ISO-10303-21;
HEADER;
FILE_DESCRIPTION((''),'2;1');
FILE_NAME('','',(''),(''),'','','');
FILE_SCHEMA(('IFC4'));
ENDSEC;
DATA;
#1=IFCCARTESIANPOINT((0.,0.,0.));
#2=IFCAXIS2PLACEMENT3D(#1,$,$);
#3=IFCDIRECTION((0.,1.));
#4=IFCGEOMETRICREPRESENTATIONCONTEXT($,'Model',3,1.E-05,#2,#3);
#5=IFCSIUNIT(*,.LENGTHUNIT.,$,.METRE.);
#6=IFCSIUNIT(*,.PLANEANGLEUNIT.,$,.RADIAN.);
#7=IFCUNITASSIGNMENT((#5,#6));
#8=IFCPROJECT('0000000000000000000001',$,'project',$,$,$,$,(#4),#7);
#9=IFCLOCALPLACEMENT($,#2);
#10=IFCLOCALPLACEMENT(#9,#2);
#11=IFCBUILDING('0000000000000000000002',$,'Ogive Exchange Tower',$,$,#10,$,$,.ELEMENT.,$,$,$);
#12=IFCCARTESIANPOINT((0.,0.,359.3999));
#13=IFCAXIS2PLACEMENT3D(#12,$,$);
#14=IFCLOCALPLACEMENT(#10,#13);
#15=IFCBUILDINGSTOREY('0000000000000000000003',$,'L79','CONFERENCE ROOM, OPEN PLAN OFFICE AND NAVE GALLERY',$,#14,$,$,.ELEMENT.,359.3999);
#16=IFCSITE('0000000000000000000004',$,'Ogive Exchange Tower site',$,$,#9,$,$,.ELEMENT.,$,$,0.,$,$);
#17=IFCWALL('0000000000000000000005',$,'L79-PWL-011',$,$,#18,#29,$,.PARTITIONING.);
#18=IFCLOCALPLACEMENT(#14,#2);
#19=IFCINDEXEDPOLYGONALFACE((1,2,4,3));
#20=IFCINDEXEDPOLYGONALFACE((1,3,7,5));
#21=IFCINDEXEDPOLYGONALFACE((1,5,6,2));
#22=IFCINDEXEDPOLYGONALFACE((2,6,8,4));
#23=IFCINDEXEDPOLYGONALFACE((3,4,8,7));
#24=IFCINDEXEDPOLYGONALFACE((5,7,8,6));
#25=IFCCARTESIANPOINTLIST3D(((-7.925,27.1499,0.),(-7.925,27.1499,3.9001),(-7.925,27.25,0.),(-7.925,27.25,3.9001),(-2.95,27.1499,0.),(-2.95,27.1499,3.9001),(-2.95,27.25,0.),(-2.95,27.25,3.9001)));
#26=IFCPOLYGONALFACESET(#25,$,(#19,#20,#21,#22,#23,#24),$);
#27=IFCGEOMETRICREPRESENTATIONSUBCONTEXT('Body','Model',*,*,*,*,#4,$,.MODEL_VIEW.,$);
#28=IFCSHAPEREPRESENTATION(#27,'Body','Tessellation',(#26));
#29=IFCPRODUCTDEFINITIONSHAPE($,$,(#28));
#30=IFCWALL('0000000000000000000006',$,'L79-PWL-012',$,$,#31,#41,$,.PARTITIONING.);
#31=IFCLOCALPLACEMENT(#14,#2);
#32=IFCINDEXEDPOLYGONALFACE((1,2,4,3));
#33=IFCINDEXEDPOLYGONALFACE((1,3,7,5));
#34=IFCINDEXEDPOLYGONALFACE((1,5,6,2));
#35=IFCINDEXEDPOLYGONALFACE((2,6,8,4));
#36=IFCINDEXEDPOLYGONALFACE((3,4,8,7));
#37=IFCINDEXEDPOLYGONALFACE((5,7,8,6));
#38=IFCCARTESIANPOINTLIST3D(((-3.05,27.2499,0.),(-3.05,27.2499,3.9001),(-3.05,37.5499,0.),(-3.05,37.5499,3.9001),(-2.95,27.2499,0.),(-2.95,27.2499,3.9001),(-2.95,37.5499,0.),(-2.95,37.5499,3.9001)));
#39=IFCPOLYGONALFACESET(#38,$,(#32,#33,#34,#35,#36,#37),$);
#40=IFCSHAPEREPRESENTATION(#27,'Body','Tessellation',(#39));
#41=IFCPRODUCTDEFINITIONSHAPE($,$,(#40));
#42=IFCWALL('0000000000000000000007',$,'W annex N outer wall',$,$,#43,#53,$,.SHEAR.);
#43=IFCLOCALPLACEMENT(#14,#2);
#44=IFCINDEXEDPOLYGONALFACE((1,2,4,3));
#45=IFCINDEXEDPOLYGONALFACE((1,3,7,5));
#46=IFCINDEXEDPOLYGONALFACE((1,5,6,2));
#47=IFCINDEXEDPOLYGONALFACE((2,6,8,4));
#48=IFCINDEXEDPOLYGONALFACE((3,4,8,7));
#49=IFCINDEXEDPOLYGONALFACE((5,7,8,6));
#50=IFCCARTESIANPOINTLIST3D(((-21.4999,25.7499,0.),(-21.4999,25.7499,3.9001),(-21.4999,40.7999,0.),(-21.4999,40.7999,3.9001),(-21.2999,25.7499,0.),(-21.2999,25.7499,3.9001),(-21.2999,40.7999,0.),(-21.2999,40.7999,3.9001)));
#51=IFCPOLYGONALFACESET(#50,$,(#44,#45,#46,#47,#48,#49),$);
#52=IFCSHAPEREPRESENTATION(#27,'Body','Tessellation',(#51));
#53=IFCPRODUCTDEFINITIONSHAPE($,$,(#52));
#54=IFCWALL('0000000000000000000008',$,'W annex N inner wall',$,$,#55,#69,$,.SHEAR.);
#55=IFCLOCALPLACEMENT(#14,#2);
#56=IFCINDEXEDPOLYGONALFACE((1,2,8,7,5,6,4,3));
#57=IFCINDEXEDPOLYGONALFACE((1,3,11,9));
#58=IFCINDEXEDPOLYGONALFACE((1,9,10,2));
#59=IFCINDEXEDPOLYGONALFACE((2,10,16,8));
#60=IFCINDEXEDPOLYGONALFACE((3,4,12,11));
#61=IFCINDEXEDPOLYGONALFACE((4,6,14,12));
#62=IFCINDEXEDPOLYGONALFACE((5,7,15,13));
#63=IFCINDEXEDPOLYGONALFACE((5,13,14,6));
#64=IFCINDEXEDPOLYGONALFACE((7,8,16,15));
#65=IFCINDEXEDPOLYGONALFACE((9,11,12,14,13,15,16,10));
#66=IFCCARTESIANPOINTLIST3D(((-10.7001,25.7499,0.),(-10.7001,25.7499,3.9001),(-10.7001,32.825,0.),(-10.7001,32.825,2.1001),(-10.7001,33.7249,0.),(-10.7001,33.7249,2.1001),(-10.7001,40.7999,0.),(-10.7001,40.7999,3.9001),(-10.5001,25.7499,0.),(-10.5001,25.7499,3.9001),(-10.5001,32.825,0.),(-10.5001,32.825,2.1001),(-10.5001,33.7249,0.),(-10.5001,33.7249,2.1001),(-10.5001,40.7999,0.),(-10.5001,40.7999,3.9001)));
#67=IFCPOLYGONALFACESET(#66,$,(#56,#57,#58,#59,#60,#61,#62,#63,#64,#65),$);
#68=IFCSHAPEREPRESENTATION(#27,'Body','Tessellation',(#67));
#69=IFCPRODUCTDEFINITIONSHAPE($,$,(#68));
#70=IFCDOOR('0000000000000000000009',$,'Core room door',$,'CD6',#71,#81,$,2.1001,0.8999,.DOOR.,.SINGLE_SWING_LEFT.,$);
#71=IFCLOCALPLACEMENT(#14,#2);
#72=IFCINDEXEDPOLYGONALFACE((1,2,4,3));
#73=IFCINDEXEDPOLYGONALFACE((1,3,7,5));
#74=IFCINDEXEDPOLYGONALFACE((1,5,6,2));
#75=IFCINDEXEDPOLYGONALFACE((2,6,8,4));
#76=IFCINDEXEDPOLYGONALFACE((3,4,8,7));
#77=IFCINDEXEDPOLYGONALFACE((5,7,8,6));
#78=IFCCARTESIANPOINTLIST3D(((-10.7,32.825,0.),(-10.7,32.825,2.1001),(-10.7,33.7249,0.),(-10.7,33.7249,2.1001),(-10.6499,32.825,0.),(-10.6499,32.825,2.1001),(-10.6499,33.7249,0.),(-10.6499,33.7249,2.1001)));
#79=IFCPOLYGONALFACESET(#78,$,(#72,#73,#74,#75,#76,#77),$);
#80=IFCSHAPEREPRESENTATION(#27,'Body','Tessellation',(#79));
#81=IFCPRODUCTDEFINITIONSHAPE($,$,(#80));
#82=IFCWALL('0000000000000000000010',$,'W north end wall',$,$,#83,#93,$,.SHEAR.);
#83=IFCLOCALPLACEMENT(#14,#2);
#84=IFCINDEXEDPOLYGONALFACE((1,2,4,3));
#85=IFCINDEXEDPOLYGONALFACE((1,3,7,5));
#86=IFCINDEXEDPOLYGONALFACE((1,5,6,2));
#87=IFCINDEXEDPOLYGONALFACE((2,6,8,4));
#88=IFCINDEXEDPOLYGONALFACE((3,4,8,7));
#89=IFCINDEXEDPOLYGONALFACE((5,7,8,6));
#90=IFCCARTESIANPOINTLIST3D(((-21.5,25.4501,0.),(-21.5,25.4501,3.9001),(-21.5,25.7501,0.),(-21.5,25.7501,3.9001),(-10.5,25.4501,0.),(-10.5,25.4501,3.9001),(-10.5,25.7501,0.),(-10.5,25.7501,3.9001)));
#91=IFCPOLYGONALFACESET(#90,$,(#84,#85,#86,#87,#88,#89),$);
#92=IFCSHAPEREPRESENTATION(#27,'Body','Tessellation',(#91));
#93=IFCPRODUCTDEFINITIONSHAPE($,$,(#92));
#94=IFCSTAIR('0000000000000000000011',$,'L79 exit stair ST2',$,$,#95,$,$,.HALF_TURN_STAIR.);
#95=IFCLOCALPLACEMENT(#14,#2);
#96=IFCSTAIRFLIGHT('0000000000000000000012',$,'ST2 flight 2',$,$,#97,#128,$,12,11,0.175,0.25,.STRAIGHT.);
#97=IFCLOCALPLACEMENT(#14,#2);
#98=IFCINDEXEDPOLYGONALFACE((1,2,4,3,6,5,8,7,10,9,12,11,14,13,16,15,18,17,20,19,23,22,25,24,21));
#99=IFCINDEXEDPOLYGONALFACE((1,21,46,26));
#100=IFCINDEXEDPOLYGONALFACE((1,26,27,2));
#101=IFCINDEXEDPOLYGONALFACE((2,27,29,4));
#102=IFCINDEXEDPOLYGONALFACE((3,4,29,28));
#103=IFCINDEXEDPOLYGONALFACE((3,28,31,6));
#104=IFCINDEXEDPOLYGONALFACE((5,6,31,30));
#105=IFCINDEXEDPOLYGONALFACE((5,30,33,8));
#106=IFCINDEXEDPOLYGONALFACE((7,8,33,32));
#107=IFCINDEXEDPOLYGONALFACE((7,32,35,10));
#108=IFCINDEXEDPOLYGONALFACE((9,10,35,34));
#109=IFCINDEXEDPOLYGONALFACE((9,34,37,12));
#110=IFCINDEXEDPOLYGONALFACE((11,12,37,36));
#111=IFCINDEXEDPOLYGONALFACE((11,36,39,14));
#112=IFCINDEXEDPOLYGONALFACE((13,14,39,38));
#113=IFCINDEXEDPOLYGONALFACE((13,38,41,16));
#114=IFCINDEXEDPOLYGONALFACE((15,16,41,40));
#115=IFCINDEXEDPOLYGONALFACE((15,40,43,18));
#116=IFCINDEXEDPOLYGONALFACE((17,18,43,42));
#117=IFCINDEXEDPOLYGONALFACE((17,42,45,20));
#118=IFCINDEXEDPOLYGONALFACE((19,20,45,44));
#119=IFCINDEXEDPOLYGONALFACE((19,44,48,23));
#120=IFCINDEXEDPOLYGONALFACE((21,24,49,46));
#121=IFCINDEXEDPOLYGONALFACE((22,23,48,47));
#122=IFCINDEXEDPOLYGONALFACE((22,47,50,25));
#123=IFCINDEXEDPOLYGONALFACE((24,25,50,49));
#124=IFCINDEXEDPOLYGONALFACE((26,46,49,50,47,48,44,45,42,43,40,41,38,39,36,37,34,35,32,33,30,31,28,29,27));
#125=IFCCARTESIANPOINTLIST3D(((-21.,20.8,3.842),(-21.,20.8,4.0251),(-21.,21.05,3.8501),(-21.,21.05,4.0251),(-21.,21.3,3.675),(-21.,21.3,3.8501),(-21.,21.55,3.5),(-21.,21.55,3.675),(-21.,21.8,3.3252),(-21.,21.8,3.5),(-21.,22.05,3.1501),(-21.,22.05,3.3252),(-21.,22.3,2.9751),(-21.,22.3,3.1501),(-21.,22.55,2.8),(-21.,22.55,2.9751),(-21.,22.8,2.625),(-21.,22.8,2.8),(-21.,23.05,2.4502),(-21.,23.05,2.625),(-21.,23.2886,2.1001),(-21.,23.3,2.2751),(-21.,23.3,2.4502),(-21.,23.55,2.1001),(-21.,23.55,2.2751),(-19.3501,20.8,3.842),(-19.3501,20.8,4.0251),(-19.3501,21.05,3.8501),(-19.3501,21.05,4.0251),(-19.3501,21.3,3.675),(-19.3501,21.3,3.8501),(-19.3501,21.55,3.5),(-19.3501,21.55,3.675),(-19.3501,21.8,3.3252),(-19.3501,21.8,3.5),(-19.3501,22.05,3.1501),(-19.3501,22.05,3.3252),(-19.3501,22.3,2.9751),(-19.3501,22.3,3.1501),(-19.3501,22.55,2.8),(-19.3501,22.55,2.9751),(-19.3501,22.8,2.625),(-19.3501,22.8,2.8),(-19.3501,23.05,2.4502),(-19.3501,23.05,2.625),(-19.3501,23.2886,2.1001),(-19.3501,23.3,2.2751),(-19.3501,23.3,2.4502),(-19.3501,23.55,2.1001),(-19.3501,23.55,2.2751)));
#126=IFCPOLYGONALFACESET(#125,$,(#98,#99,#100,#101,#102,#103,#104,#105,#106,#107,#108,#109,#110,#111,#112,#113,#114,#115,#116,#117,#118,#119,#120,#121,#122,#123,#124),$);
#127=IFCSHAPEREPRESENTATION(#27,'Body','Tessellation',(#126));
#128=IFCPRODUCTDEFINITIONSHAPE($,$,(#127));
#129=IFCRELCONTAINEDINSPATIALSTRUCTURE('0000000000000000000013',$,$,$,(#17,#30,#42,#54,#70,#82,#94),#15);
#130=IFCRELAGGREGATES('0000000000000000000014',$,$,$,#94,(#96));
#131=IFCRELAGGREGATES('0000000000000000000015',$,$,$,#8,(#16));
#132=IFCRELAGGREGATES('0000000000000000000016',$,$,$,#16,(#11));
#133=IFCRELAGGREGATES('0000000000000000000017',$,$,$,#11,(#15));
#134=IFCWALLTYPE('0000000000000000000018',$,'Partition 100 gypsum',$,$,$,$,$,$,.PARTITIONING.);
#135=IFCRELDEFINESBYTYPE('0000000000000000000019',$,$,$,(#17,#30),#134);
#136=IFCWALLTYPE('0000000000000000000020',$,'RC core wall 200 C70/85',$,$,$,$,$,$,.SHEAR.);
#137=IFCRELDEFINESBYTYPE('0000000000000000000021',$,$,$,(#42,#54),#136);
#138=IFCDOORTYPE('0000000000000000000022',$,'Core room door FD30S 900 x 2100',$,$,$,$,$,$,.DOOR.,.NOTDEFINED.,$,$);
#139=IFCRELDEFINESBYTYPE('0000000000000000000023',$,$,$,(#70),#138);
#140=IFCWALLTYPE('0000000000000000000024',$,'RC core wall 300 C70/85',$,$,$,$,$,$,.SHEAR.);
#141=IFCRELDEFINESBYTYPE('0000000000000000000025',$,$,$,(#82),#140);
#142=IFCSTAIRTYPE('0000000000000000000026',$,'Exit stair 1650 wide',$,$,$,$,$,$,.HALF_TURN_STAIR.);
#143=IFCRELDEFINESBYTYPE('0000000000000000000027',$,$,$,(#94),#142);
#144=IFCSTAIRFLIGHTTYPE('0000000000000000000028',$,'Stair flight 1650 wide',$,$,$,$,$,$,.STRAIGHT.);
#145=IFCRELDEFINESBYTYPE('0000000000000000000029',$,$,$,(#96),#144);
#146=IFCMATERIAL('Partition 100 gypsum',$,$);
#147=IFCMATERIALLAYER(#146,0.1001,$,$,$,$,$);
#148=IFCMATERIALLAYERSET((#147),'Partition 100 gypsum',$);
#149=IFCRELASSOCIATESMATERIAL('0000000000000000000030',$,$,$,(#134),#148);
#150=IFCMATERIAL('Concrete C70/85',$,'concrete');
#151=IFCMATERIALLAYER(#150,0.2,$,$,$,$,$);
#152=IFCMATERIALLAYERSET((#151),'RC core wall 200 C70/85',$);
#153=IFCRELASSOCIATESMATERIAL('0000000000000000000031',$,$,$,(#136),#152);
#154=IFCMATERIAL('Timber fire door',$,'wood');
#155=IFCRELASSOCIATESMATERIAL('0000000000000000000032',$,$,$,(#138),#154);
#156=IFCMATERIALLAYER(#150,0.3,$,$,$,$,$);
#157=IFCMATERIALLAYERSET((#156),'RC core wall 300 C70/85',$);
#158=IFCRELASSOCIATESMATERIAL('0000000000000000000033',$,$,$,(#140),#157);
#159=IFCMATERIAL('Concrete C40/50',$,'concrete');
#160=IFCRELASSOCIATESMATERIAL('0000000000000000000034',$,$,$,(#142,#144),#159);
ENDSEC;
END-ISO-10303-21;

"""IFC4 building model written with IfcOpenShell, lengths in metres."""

from ifc_helpers import new_model, si_unit, direction, frame, frame_2d, origin, place, context, subcontext, project, spatial, polyline, rectangle, outline, extrude, material, layer, layer_set, type_object, element, fill, aggregate, save


model = new_model("IFC4")

# Units and contexts
model_context = context("Model", 3, precision=1e-05, world=origin(), true_north=direction((0.0, 1.0)))
body_context = subcontext(model_context, "Body", "Model", "MODEL_VIEW")
ifc_project = project(units=[si_unit("LENGTHUNIT", "METRE"), si_unit("PLANEANGLEUNIT", "RADIAN")], contexts=[model_context])

# Site, building, storey
site_placement = place(None, origin())
site = spatial("IfcSite", under=ifc_project, at=site_placement, Name="Ogive Exchange Tower site", CompositionType="ELEMENT", RefElevation=0.0)
building_placement = place(site_placement, origin())
building = spatial("IfcBuilding", under=site, at=building_placement, Name="Ogive Exchange Tower", CompositionType="ELEMENT")
storey_placement = place(building_placement, frame((0.0, 0.0, 359.3999)))
storey = spatial("IfcBuildingStorey", under=building, at=storey_placement, Name="L79", Description="CONFERENCE ROOM, OPEN PLAN OFFICE AND NAVE GALLERY", CompositionType="ELEMENT", Elevation=359.3999)

# Walls
ifc_material_1 = material(Name="Partition 100 gypsum")
ifc_layer_1 = layer(ifc_material_1, 0.1001)
ifc_layer_set_1 = layer_set([ifc_layer_1], Name="Partition 100 gypsum")
wall_type_1 = type_object("IfcWallType", Name="Partition 100 gypsum", PredefinedType="PARTITIONING", material=ifc_layer_set_1)
wall_1_placement = place(storey_placement, frame((-2.95, 27.2, 0.0), z_axis=(0.0, 0.0, 1.0), x_axis=(-1.0, 0.0, 0.0)))
element("IfcWall", 1, at=wall_1_placement, inside=storey, type_object=wall_type_1, Name="L79-PWL-011", PredefinedType="PARTITIONING", context=body_context, shape_type="SweptSolid", body=[
    extrude(rectangle(XDim=4.9751, YDim=0.1001, at=frame_2d((2.4875, 0.0))), origin(), (0.0, 0.0, 1.0), 3.9001),
])
wall_2_placement = place(storey_placement, frame((-3.0, 27.25, 0.0), z_axis=(0.0, 0.0, 1.0), x_axis=(0.0, 1.0, 0.0)))
element("IfcWall", 2, at=wall_2_placement, inside=storey, type_object=wall_type_1, Name="L79-PWL-012", PredefinedType="PARTITIONING", context=body_context, shape_type="SweptSolid", body=[
    extrude(rectangle(XDim=10.3, YDim=0.1001, at=frame_2d((5.1499, 0.0))), origin(), (0.0, 0.0, 1.0), 3.9001),
])
ifc_material_2 = material(Name="Concrete C70/85", Category="concrete")
ifc_layer_2 = layer(ifc_material_2, 0.2)
ifc_layer_set_2 = layer_set([ifc_layer_2], Name="RC core wall 200 C70/85")
wall_type_2 = type_object("IfcWallType", Name="RC core wall 200 C70/85", PredefinedType="SHEAR", material=ifc_layer_set_2)
wall_3_placement = place(storey_placement, frame((-21.3999, 25.75, 0.0), z_axis=(0.0, 0.0, 1.0), x_axis=(0.0, 1.0, 0.0)))
element("IfcWall", 3, at=wall_3_placement, inside=storey, type_object=wall_type_2, Name="W annex N outer wall", PredefinedType="SHEAR", context=body_context, shape_type="SweptSolid", body=[
    extrude(rectangle(XDim=15.05, YDim=0.2, at=frame_2d((7.5249, 0.0))), origin(), (0.0, 0.0, 1.0), 3.9001),
])

# Wall, opening, door
wall_4_placement = place(storey_placement, frame((-10.6001, 25.75, 0.0), z_axis=(0.0, 0.0, 1.0), x_axis=(0.0, 1.0, 0.0)))
wall_4 = element("IfcWall", 4, at=wall_4_placement, inside=storey, type_object=wall_type_2, Name="W annex N inner wall", PredefinedType="SHEAR", context=body_context, shape_type="SweptSolid", body=[
    extrude(rectangle(XDim=15.05, YDim=0.2, at=frame_2d((7.5249, 0.0))), origin(), (0.0, 0.0, 1.0), 3.9001),
])
opening_placement = place(wall_4_placement, frame((7.075, 0.0, 0.0)))
opening = element("IfcOpeningElement", 5, at=opening_placement, cuts=wall_4, PredefinedType="OPENING", context=body_context, shape_type="SweptSolid", body=[
    extrude(rectangle(XDim=0.8999, YDim=2.1001, at=frame_2d((0.45, 1.05))), frame((0.0, 0.1099, 0.0), z_axis=(0.0, -1.0, 0.0), x_axis=(1.0, 0.0, 0.0)), (0.0, 0.0, 1.0), 0.22),
])
ifc_material_3 = material(Name="Timber fire door", Category="wood")
door_type = type_object("IfcDoorType", Name="Core room door FD30S 900 x 2100", OperationType="NOTDEFINED", PredefinedType="DOOR", material=ifc_material_3)
door_placement = place(opening_placement, frame((0.8999, 0.1499, 0.0), z_axis=(0.0, 0.0, 1.0), x_axis=(-1.0, 0.0, 0.0)))
door = element("IfcDoor", 6, at=door_placement, inside=storey, type_object=door_type, Name="Core room door", ObjectType="CD6", OperationType="SINGLE_SWING_LEFT", OverallHeight=2.1001, OverallWidth=0.8999, PredefinedType="DOOR", context=body_context, shape_type="SweptSolid", body=[
    extrude(rectangle(XDim=0.8999, YDim=2.1001, at=frame_2d((0.45, 1.05))), frame((0.0, 0.1001, 0.0), z_axis=(0.0, -1.0, 0.0), x_axis=(1.0, 0.0, 0.0)), (0.0, 0.0, 1.0), 0.05),
])
fill(opening, door)

# Wall
ifc_layer_3 = layer(ifc_material_2, 0.3)
ifc_layer_set_3 = layer_set([ifc_layer_3], Name="RC core wall 300 C70/85")
wall_type_3 = type_object("IfcWallType", Name="RC core wall 300 C70/85", PredefinedType="SHEAR", material=ifc_layer_set_3)
wall_5_placement = place(storey_placement, frame((-21.5, 25.6001, 0.0), z_axis=(0.0, 0.0, 1.0), x_axis=(1.0, 0.0, 0.0)))
element("IfcWall", 7, at=wall_5_placement, inside=storey, type_object=wall_type_3, Name="W north end wall", PredefinedType="SHEAR", context=body_context, shape_type="SweptSolid", body=[
    extrude(rectangle(XDim=11.0, YDim=0.3, at=frame_2d((5.5, 0.0))), origin(), (0.0, 0.0, 1.0), 3.9001),
])

# Stair, stair flight
ifc_material_4 = material(Name="Concrete C40/50", Category="concrete")
stair_type = type_object("IfcStairType", Name="Exit stair 1650 wide", PredefinedType="HALF_TURN_STAIR", material=ifc_material_4)
stair_placement = place(storey_placement, origin())
stair = element("IfcStair", 8, at=stair_placement, inside=storey, type_object=stair_type, Name="L79 exit stair ST2", PredefinedType="HALF_TURN_STAIR")
stair_flight_type = type_object("IfcStairFlightType", Name="Stair flight 1650 wide", PredefinedType="STRAIGHT", material=ifc_material_4)
stair_flight_placement = place(storey_placement, frame((-20.175, 23.55, 2.1001), z_axis=(0.0, 0.0, 1.0), x_axis=(0.0, -1.0, 0.0)))
stair_flight = element("IfcStairFlight", 9, at=stair_flight_placement, type_object=stair_flight_type, Name="ST2 flight 2", NumberOfRisers=12, NumberOfTreads=11, PredefinedType="STRAIGHT", RiserHeight=0.175, TreadLength=0.25, context=body_context, shape_type="SweptSolid", body=[
    extrude(outline(polyline([(0.0, 0.0), (0.0, 0.175), (0.25, 0.175), (0.25, 0.3501), (0.5, 0.3501), (0.5, 0.5249), (0.75, 0.5249), (0.75, 0.7), (1.0, 0.7), (1.0, 0.875), (1.25, 0.875), (1.25, 1.05), (1.5, 1.05), (1.5, 1.2251), (1.75, 1.2251), (1.75, 1.3999), (2.0, 1.3999), (2.0, 1.575), (2.25, 1.575), (2.25, 1.75), (2.5, 1.75), (2.5, 1.925), (2.75, 1.925), (2.75, 2.1001), (2.75, 1.7419), (0.2615, 0.0), (0.0, 0.0)])), frame((0.0, 0.825, 0.0), z_axis=(0.0, -1.0, 0.0), x_axis=(1.0, 0.0, 0.0)), (0.0, 0.0, 1.0), 1.6499),
])
aggregate(stair, [stair_flight])

save(model, "model.ifc")
